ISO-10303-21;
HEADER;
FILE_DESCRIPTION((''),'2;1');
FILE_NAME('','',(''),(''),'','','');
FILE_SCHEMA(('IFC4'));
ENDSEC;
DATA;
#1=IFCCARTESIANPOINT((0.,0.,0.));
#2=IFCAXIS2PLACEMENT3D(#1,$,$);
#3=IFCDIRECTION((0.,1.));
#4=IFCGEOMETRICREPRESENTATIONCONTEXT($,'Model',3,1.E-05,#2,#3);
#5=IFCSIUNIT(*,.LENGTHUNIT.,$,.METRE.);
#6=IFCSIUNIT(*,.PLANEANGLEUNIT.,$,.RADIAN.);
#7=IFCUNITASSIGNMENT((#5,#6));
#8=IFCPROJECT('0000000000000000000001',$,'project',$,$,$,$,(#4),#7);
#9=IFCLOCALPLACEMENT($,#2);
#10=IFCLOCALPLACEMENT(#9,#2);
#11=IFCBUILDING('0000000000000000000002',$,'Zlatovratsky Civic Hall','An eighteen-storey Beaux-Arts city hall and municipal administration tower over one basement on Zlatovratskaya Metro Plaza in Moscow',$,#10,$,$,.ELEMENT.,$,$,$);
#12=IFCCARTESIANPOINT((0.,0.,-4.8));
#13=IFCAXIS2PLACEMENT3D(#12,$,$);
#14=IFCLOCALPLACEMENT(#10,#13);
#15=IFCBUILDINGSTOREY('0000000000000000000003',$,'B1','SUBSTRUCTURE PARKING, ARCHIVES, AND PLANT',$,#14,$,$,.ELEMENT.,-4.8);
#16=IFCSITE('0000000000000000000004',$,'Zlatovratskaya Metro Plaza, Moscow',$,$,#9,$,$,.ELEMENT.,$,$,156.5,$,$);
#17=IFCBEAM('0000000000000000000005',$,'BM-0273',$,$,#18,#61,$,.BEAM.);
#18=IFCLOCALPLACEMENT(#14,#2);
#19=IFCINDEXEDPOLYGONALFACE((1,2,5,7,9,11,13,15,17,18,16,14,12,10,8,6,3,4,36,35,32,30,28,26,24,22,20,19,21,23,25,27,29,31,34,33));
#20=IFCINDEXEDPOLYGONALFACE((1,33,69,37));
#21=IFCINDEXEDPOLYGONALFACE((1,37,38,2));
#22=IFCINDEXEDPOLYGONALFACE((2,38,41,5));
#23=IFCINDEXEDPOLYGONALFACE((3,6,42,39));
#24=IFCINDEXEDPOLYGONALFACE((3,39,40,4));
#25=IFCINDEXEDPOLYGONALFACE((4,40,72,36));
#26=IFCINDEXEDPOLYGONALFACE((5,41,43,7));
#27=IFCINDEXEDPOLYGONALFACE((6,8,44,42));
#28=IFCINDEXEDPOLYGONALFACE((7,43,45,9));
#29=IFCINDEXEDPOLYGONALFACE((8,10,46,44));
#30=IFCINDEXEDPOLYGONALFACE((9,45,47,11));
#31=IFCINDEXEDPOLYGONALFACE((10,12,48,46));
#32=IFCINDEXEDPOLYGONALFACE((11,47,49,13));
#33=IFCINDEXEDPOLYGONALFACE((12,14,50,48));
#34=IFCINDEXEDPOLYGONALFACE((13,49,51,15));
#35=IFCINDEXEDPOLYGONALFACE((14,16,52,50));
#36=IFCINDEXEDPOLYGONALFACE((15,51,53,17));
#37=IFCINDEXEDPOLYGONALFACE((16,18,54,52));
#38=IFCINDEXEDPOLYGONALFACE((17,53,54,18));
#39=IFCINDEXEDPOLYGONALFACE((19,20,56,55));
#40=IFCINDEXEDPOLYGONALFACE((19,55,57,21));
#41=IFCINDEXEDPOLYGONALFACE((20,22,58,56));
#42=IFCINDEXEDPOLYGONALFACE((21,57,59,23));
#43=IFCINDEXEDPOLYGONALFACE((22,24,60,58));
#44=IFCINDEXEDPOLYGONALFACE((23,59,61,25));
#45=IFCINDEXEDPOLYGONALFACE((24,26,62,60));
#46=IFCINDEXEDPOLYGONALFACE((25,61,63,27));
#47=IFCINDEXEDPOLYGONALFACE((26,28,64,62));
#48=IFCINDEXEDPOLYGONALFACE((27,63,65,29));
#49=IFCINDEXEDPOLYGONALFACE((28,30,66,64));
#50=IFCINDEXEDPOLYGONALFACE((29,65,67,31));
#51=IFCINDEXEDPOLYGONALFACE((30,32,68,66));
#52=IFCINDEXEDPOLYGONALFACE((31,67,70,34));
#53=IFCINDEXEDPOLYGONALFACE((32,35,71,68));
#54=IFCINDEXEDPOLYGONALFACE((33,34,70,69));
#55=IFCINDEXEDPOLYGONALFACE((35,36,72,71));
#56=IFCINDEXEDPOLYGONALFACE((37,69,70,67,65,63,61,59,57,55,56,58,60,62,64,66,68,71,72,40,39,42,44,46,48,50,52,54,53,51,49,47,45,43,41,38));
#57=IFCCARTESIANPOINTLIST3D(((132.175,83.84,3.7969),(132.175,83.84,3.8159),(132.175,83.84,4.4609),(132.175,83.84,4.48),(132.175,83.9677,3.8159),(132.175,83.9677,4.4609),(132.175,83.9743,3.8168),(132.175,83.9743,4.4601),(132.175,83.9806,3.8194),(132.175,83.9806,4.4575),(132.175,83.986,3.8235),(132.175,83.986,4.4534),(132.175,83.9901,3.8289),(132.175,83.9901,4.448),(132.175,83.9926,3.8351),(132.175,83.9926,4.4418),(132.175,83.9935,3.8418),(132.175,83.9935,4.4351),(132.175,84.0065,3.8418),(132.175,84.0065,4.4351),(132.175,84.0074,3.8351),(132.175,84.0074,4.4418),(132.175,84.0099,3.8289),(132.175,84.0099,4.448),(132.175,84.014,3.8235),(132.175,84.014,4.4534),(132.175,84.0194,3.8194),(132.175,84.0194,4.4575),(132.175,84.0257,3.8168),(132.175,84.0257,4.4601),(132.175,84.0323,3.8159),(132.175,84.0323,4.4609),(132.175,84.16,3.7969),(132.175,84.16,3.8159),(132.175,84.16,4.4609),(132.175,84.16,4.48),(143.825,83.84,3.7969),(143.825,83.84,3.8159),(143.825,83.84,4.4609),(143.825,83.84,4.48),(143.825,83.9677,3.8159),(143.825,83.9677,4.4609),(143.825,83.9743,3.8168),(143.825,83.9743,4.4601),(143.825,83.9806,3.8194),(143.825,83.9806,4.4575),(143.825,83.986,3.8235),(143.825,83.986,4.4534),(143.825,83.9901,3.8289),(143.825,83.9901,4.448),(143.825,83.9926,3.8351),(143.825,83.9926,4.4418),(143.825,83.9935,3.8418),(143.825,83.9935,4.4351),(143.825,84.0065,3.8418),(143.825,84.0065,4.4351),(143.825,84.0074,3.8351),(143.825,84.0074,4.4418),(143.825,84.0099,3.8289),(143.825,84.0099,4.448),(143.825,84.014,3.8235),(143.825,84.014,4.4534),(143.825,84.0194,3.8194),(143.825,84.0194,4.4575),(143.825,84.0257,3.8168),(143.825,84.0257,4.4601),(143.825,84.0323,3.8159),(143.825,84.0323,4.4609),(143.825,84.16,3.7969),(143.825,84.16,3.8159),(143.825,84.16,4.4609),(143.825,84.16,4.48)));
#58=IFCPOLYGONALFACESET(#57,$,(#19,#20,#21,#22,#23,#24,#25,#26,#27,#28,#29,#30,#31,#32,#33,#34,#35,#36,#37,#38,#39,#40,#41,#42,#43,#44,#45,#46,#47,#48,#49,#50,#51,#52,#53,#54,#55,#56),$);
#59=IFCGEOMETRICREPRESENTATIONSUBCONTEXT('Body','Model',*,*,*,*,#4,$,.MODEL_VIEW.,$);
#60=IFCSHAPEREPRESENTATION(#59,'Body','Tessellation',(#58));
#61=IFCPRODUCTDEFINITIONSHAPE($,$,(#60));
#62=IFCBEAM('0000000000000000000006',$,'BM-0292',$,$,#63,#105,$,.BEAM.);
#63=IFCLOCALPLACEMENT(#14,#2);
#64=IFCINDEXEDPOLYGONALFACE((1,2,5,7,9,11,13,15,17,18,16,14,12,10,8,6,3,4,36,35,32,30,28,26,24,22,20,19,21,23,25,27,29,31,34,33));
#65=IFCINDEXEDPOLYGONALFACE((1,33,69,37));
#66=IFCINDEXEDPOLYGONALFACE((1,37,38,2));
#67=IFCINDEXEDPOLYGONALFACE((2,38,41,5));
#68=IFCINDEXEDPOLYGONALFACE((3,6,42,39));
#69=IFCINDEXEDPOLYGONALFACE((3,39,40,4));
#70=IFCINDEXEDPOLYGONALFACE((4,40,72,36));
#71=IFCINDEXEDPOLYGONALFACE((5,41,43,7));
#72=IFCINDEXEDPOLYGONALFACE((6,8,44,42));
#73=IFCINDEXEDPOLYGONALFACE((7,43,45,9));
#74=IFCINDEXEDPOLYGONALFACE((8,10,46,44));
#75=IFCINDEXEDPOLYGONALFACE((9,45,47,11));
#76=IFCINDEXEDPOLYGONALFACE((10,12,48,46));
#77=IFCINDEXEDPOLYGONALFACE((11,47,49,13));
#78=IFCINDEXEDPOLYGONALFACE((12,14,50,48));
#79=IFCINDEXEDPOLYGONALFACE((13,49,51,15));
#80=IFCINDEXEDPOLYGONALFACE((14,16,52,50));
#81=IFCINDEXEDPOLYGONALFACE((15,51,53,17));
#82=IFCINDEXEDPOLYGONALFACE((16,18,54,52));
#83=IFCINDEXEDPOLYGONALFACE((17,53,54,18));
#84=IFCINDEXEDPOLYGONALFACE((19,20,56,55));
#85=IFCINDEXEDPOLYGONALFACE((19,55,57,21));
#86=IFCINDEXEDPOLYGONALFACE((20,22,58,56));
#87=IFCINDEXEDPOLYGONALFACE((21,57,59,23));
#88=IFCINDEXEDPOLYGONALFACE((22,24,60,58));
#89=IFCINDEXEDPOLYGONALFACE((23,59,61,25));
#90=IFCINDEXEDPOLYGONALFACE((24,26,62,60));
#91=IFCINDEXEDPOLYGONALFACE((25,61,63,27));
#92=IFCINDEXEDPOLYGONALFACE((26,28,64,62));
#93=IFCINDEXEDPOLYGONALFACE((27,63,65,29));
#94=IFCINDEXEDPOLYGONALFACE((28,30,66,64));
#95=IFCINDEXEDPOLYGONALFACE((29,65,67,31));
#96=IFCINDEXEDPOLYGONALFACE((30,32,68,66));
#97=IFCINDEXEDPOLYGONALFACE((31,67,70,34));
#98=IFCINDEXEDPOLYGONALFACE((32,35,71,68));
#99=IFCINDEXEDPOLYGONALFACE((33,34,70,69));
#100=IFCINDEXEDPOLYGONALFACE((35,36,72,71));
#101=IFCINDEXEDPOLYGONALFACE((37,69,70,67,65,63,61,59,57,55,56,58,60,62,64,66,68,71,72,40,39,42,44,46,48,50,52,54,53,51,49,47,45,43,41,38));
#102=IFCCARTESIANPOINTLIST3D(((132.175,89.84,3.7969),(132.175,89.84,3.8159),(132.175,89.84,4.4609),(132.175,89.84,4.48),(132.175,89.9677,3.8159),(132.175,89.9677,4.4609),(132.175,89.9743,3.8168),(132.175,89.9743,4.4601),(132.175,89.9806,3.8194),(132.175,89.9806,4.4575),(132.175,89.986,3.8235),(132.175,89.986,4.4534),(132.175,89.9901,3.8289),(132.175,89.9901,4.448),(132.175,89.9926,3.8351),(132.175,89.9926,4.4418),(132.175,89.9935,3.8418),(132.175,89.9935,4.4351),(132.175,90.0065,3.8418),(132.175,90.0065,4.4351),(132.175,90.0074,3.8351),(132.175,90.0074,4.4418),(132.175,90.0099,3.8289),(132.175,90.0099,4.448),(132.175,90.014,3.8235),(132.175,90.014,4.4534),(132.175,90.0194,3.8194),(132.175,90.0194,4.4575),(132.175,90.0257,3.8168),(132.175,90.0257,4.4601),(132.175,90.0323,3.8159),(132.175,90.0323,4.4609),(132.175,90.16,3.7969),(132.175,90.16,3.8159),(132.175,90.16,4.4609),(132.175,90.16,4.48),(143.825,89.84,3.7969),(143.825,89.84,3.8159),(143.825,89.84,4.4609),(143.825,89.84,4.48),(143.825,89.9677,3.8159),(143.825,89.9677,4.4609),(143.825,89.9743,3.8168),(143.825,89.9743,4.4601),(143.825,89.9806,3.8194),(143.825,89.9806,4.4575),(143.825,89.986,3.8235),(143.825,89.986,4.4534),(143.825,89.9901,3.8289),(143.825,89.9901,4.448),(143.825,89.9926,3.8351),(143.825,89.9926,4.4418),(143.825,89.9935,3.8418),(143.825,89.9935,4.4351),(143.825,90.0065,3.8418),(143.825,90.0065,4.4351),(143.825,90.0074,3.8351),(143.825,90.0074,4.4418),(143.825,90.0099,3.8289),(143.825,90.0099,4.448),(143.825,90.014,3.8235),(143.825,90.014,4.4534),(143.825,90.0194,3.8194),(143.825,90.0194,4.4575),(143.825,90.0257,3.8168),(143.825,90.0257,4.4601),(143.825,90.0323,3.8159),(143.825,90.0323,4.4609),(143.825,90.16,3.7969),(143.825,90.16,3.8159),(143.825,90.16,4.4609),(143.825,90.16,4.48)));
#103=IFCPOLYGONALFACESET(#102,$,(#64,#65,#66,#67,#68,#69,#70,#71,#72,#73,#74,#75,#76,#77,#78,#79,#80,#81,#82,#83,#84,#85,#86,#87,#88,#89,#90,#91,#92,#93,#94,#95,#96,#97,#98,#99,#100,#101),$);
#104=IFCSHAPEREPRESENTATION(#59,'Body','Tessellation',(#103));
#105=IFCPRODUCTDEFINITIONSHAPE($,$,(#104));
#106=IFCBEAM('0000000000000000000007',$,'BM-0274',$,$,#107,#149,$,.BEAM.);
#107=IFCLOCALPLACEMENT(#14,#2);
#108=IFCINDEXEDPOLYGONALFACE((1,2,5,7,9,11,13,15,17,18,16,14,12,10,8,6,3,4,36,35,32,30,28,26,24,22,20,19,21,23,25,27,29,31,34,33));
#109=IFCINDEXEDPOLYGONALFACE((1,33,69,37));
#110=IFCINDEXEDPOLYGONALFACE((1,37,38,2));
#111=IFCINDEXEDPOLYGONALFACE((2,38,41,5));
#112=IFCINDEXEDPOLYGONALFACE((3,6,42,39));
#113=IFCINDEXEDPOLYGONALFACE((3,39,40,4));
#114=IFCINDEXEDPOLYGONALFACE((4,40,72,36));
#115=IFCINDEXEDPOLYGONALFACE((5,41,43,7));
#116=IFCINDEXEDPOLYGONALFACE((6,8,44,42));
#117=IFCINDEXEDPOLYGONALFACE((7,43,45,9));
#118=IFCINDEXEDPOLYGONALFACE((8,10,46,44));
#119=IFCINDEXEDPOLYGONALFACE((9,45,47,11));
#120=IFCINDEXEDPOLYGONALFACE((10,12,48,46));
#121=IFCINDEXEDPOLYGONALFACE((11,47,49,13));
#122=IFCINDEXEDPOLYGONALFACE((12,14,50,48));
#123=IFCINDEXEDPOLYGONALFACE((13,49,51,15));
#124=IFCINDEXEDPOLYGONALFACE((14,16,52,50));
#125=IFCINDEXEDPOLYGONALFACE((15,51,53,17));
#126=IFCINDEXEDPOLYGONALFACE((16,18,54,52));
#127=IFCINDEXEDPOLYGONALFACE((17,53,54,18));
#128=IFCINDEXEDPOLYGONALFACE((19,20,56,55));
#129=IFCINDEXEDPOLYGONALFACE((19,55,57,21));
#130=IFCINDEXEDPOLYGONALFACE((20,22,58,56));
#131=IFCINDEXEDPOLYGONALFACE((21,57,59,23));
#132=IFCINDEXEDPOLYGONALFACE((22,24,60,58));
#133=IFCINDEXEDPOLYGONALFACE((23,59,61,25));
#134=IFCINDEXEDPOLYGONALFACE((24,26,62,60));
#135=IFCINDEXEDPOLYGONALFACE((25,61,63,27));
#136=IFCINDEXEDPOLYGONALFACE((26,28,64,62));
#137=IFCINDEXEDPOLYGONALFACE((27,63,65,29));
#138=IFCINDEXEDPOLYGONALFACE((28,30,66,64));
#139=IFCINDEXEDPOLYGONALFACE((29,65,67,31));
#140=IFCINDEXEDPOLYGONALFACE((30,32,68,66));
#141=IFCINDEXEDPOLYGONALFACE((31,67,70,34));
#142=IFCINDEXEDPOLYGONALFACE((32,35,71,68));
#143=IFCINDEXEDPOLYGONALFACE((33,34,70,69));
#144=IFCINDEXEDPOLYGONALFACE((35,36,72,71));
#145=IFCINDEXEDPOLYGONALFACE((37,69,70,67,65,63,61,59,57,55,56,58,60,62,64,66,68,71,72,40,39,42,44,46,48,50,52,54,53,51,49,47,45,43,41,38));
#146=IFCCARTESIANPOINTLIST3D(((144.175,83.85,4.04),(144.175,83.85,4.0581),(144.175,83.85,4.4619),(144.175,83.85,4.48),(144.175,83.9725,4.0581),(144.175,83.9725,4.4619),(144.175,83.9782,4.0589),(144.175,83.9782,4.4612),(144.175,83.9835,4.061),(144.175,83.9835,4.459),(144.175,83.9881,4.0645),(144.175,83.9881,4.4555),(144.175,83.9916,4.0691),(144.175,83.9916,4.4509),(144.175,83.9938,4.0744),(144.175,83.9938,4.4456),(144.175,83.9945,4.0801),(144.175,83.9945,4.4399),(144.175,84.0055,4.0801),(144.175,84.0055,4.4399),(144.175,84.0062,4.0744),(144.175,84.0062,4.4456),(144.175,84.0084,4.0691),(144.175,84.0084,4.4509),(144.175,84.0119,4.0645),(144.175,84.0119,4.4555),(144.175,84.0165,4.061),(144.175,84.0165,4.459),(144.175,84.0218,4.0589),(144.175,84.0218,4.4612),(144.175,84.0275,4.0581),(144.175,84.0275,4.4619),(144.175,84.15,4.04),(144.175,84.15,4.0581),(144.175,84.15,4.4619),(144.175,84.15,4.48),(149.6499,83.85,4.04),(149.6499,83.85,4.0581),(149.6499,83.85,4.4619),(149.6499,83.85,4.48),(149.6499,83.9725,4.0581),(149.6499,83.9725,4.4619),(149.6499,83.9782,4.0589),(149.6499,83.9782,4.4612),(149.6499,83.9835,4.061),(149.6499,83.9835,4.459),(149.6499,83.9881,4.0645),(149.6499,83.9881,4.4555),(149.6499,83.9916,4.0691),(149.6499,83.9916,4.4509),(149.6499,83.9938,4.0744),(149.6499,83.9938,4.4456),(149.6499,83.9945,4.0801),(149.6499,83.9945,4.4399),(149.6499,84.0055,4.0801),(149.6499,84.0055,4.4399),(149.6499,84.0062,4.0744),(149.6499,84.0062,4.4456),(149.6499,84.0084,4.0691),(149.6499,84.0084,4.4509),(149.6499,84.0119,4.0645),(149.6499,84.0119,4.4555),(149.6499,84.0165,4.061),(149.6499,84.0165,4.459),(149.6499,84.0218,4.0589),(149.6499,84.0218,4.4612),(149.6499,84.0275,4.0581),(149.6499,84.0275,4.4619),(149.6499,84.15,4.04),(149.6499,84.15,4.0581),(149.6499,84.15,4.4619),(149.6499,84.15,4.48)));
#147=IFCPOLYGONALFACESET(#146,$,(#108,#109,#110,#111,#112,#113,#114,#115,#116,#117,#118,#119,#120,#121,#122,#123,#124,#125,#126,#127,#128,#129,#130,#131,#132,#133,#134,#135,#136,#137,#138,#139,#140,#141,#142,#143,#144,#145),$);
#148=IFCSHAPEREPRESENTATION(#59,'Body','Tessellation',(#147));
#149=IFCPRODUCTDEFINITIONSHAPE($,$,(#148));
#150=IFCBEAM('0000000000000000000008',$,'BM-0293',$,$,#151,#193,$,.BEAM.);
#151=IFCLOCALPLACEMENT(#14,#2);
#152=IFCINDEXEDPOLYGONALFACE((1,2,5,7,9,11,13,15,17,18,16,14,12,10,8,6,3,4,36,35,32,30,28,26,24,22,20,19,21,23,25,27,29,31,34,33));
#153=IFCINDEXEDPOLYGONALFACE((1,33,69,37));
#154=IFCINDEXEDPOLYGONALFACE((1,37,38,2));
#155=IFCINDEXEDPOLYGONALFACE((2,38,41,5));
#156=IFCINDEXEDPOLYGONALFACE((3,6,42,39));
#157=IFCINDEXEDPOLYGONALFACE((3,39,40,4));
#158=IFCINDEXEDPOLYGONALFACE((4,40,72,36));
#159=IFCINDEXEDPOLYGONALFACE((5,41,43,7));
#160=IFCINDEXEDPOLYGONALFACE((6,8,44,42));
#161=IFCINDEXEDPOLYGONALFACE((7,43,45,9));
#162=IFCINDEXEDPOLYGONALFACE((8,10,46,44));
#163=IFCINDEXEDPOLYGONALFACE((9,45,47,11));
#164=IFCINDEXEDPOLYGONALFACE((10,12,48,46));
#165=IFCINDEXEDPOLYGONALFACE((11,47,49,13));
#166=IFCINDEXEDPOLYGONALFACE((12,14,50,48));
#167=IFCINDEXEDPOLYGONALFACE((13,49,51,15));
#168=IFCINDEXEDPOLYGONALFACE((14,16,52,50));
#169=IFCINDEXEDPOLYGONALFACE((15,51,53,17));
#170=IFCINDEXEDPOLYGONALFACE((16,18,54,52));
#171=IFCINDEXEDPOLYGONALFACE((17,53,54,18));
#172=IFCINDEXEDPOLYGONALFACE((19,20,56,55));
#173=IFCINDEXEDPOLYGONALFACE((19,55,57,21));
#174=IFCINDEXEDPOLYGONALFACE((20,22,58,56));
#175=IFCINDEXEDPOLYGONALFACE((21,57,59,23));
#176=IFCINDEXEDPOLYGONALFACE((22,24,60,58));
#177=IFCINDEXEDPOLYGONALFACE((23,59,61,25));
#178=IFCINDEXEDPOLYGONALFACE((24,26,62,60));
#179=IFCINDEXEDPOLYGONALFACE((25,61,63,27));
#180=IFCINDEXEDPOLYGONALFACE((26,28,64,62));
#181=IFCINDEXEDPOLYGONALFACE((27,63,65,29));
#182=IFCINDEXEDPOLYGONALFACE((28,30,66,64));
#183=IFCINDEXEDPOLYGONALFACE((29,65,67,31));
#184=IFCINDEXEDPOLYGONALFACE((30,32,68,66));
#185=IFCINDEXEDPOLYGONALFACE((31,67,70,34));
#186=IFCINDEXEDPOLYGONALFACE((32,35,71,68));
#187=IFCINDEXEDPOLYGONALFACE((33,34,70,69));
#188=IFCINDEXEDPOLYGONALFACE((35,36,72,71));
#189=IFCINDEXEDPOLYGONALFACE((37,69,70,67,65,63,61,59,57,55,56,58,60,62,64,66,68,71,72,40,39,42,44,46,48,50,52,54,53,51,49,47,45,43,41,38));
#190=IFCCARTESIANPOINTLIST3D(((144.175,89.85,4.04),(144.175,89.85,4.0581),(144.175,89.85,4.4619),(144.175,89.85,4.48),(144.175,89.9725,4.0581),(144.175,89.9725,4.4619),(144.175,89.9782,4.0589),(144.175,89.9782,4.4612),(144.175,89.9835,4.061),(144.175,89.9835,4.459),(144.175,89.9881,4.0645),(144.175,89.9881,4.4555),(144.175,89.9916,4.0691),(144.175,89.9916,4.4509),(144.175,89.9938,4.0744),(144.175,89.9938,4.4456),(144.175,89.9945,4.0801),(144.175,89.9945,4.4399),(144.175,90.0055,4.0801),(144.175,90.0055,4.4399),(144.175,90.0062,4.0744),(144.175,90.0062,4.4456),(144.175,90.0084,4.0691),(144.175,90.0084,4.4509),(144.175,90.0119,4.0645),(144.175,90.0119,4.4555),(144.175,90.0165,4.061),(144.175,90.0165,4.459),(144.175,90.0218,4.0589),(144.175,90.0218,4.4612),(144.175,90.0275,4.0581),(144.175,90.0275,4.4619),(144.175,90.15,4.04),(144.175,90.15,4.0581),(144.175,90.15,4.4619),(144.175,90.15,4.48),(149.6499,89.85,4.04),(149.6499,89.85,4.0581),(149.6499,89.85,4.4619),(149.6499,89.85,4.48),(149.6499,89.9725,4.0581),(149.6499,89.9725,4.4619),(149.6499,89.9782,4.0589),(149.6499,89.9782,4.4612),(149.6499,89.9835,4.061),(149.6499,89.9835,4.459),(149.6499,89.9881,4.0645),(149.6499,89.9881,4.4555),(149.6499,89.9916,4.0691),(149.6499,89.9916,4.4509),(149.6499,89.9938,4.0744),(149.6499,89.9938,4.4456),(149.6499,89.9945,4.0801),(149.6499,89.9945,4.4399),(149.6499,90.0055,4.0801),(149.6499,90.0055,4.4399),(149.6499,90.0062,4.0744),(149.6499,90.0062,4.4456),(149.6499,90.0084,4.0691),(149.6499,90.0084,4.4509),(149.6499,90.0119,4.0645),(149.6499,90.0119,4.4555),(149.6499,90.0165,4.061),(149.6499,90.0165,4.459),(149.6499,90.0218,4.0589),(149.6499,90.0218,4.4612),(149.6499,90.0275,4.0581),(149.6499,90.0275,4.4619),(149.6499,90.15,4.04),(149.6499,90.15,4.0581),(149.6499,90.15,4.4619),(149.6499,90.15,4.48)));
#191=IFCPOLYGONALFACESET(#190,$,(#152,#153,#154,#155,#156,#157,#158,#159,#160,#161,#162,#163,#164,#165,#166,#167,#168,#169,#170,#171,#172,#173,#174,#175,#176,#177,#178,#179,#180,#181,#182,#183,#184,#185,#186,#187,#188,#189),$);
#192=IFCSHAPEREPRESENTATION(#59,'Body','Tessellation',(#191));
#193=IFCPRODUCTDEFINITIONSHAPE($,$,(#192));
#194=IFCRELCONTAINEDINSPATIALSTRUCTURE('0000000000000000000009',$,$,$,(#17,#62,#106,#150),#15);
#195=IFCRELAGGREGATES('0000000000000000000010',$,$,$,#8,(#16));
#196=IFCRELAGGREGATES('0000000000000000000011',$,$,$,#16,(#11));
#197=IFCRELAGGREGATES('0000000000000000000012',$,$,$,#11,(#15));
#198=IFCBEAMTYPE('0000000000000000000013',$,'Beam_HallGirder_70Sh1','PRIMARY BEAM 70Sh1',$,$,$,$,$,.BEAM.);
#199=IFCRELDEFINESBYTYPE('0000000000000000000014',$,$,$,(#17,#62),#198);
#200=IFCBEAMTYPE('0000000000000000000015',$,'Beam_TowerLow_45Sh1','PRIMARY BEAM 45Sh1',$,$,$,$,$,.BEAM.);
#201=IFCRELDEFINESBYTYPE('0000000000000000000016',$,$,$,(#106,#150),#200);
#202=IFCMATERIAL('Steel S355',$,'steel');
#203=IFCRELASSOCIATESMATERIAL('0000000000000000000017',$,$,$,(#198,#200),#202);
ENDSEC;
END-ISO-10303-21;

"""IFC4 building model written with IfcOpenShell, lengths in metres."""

from ifc_helpers import new_model, si_unit, direction, frame, origin, origin_2d, place, context, subcontext, project, spatial, i_section, extrude, material, material_profile, profile_set, type_object, element, save


model = new_model("IFC4")

# Units and contexts
model_context = context("Model", 3, precision=1e-05, world=origin(), true_north=direction((0.0, 1.0)))
body_context = subcontext(model_context, "Body", "Model", "MODEL_VIEW")
ifc_project = project(units=[si_unit("LENGTHUNIT", "METRE"), si_unit("PLANEANGLEUNIT", "RADIAN")], contexts=[model_context])

# Site, building, storey
site_placement = place(None, origin())
site = spatial("IfcSite", under=ifc_project, at=site_placement, Name="Zlatovratskaya Metro Plaza, Moscow", CompositionType="ELEMENT", RefElevation=156.5)
building_placement = place(site_placement, origin())
building = spatial("IfcBuilding", under=site, at=building_placement, Name="Zlatovratsky Civic Hall", Description="An eighteen-storey Beaux-Arts city hall and municipal administration tower over one basement on Zlatovratskaya Metro Plaza in Moscow", CompositionType="ELEMENT")
storey_placement = place(building_placement, frame((0.0, 0.0, -4.8)))
storey = spatial("IfcBuildingStorey", under=building, at=storey_placement, Name="B1", Description="SUBSTRUCTURE PARKING, ARCHIVES, AND PLANT", CompositionType="ELEMENT", Elevation=-4.8)

# Shared definitions
ifc_material_1 = material(Name="Steel S355", Category="steel")

# Beams
ifc_material_profile_1 = material_profile(ifc_material_1, i_section(OverallWidth=0.3201, OverallDepth=0.6831, WebThickness=0.0129, FlangeThickness=0.019, FilletRadius=0.0259, at=origin_2d()), Name="70Sh1")
ifc_profile_set_1 = profile_set([ifc_material_profile_1], Name="Steel S355")
beam_type_1 = type_object("IfcBeamType", Name="Beam_HallGirder_70Sh1", Description="PRIMARY BEAM 70Sh1", PredefinedType="BEAM", material=ifc_profile_set_1)
for number, where, z_axis, x_axis, name in (
    (1, (132.175, 84.0, 4.1384), (1.0, 0.0, 0.0), (0.0, 1.0, 0.0), "BM-0273"),
    (2, (132.175, 90.0, 4.1384), (1.0, 0.0, 0.0), (0.0, 1.0, 0.0), "BM-0292"),
):
    element("IfcBeam", number, at=place(storey_placement, frame(where, z_axis=z_axis, x_axis=x_axis)), inside=storey, type_object=beam_type_1, Name=name, PredefinedType="BEAM", context=body_context, shape_type="SweptSolid", body=[
        extrude(i_section(OverallWidth=0.3201, OverallDepth=0.6831, WebThickness=0.0129, FlangeThickness=0.019, FilletRadius=0.0259, at=origin_2d()), origin(), (0.0, 0.0, 1.0), 11.6499),
    ])
ifc_material_profile_2 = material_profile(ifc_material_1, i_section(OverallWidth=0.3, OverallDepth=0.4399, WebThickness=0.011, FlangeThickness=0.0181, FilletRadius=0.022, at=origin_2d()), Name="45Sh1")
ifc_profile_set_2 = profile_set([ifc_material_profile_2], Name="Steel S355")
beam_type_2 = type_object("IfcBeamType", Name="Beam_TowerLow_45Sh1", Description="PRIMARY BEAM 45Sh1", PredefinedType="BEAM", material=ifc_profile_set_2)
for number, where, z_axis, x_axis, name in (
    (3, (144.175, 84.0, 4.26), (1.0, 0.0, 0.0), (0.0, 1.0, 0.0), "BM-0274"),
    (4, (144.175, 90.0, 4.26), (1.0, 0.0, 0.0), (0.0, 1.0, 0.0), "BM-0293"),
):
    element("IfcBeam", number, at=place(storey_placement, frame(where, z_axis=z_axis, x_axis=x_axis)), inside=storey, type_object=beam_type_2, Name=name, PredefinedType="BEAM", context=body_context, shape_type="SweptSolid", body=[
        extrude(i_section(OverallWidth=0.3, OverallDepth=0.4399, WebThickness=0.011, FlangeThickness=0.0181, FilletRadius=0.022, at=origin_2d()), origin(), (0.0, 0.0, 1.0), 5.4749),
    ])

save(model, "model.ifc")
